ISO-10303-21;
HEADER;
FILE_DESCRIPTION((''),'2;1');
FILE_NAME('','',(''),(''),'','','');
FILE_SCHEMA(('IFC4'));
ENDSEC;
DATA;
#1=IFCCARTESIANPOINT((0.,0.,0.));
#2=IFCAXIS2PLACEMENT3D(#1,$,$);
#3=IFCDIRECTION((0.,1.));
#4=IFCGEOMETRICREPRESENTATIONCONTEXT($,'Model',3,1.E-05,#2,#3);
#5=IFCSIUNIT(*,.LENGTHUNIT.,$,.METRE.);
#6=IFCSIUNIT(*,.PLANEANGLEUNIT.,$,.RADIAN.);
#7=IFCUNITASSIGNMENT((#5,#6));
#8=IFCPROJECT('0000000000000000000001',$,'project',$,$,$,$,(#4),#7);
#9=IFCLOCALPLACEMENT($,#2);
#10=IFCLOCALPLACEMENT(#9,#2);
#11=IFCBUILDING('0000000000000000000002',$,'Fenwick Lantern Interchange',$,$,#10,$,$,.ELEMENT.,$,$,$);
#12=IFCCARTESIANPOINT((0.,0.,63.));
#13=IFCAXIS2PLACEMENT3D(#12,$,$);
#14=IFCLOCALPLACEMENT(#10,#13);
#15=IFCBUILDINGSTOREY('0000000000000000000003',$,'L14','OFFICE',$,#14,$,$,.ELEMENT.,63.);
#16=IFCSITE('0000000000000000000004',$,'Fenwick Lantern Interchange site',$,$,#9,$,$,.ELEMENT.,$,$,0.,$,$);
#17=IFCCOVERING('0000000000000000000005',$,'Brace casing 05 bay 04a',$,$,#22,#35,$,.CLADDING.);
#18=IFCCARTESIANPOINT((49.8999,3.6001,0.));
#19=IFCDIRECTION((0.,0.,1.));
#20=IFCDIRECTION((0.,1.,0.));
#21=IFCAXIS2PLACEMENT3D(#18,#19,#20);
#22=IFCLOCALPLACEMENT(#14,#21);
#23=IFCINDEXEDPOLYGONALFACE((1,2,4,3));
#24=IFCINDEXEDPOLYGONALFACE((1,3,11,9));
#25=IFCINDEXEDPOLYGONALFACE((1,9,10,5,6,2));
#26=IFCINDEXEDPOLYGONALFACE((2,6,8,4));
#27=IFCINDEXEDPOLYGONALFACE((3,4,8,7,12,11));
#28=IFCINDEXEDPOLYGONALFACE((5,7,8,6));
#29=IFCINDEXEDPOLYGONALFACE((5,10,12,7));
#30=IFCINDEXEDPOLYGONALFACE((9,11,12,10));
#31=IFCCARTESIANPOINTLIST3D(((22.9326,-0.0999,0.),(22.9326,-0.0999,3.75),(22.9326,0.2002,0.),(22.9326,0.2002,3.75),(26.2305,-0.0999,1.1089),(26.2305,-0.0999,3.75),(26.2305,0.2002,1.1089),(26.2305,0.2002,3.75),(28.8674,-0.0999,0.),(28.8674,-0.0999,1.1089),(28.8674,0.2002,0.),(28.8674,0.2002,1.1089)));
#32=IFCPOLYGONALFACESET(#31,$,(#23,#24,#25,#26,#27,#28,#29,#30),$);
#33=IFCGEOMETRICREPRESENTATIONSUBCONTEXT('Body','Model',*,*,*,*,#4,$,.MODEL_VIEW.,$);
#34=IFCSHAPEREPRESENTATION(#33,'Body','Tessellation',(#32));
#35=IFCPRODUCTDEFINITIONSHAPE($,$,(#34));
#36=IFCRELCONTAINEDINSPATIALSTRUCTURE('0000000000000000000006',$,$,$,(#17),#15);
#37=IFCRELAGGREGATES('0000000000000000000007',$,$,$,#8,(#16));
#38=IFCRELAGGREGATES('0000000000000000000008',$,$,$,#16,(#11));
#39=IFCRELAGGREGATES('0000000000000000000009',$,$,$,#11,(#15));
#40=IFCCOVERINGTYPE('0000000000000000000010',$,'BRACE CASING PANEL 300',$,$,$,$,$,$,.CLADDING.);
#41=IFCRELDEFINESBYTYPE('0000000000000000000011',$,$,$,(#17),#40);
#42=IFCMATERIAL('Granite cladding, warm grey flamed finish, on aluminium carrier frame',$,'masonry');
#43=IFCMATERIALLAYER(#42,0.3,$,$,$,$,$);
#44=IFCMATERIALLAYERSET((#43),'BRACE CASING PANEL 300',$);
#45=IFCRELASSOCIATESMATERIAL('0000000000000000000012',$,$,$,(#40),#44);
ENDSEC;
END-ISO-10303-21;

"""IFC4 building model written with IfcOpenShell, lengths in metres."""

from ifc_helpers import new_model, si_unit, direction, frame, origin, place, context, subcontext, project, spatial, polyline, outline, extrude, material, layer, layer_set, type_object, element, save


model = new_model("IFC4")

# Units and contexts
model_context = context("Model", 3, precision=1e-05, world=origin(), true_north=direction((0.0, 1.0)))
body_context = subcontext(model_context, "Body", "Model", "MODEL_VIEW")
ifc_project = project(units=[si_unit("LENGTHUNIT", "METRE"), si_unit("PLANEANGLEUNIT", "RADIAN")], contexts=[model_context])

# Site, building, storey
site_placement = place(None, origin())
site = spatial("IfcSite", under=ifc_project, at=site_placement, Name="Fenwick Lantern Interchange site", CompositionType="ELEMENT", RefElevation=0.0)
building_placement = place(site_placement, origin())
building = spatial("IfcBuilding", under=site, at=building_placement, Name="Fenwick Lantern Interchange", CompositionType="ELEMENT")
storey_placement = place(building_placement, frame((0.0, 0.0, 63.0)))
storey = spatial("IfcBuildingStorey", under=building, at=storey_placement, Name="L14", Description="OFFICE", CompositionType="ELEMENT", Elevation=63.0)

# Covering
ifc_material_1 = material(Name="Granite cladding, warm grey flamed finish, on aluminium carrier frame", Category="masonry")
ifc_layer_1 = layer(ifc_material_1, 0.3)
ifc_layer_set_1 = layer_set([ifc_layer_1], Name="BRACE CASING PANEL 300")
covering_type = type_object("IfcCoveringType", Name="BRACE CASING PANEL 300", PredefinedType="CLADDING", material=ifc_layer_set_1)
covering_1_placement = place(storey_placement, frame((49.8999, 3.6001, 0.0), z_axis=(0.0, 0.0, 1.0), x_axis=(0.0, 1.0, 0.0)))
element("IfcCovering", 1, at=covering_1_placement, inside=storey, type_object=covering_type, Name="Brace casing 05 bay 04a", PredefinedType="CLADDING", context=body_context, shape_type="SweptSolid", body=[
    extrude(outline(polyline([(22.9326, 0.0), (28.8674, 0.0), (28.8674, 1.1089), (26.2305, 1.1089), (26.2305, 3.75), (22.9326, 3.75), (22.9326, 0.0)])), frame((0.0, 0.2002, 0.0), z_axis=(0.0, -1.0, 0.0), x_axis=(1.0, 0.0, 0.0)), (0.0, 0.0, 1.0), 0.3),
])

save(model, "model.ifc")
